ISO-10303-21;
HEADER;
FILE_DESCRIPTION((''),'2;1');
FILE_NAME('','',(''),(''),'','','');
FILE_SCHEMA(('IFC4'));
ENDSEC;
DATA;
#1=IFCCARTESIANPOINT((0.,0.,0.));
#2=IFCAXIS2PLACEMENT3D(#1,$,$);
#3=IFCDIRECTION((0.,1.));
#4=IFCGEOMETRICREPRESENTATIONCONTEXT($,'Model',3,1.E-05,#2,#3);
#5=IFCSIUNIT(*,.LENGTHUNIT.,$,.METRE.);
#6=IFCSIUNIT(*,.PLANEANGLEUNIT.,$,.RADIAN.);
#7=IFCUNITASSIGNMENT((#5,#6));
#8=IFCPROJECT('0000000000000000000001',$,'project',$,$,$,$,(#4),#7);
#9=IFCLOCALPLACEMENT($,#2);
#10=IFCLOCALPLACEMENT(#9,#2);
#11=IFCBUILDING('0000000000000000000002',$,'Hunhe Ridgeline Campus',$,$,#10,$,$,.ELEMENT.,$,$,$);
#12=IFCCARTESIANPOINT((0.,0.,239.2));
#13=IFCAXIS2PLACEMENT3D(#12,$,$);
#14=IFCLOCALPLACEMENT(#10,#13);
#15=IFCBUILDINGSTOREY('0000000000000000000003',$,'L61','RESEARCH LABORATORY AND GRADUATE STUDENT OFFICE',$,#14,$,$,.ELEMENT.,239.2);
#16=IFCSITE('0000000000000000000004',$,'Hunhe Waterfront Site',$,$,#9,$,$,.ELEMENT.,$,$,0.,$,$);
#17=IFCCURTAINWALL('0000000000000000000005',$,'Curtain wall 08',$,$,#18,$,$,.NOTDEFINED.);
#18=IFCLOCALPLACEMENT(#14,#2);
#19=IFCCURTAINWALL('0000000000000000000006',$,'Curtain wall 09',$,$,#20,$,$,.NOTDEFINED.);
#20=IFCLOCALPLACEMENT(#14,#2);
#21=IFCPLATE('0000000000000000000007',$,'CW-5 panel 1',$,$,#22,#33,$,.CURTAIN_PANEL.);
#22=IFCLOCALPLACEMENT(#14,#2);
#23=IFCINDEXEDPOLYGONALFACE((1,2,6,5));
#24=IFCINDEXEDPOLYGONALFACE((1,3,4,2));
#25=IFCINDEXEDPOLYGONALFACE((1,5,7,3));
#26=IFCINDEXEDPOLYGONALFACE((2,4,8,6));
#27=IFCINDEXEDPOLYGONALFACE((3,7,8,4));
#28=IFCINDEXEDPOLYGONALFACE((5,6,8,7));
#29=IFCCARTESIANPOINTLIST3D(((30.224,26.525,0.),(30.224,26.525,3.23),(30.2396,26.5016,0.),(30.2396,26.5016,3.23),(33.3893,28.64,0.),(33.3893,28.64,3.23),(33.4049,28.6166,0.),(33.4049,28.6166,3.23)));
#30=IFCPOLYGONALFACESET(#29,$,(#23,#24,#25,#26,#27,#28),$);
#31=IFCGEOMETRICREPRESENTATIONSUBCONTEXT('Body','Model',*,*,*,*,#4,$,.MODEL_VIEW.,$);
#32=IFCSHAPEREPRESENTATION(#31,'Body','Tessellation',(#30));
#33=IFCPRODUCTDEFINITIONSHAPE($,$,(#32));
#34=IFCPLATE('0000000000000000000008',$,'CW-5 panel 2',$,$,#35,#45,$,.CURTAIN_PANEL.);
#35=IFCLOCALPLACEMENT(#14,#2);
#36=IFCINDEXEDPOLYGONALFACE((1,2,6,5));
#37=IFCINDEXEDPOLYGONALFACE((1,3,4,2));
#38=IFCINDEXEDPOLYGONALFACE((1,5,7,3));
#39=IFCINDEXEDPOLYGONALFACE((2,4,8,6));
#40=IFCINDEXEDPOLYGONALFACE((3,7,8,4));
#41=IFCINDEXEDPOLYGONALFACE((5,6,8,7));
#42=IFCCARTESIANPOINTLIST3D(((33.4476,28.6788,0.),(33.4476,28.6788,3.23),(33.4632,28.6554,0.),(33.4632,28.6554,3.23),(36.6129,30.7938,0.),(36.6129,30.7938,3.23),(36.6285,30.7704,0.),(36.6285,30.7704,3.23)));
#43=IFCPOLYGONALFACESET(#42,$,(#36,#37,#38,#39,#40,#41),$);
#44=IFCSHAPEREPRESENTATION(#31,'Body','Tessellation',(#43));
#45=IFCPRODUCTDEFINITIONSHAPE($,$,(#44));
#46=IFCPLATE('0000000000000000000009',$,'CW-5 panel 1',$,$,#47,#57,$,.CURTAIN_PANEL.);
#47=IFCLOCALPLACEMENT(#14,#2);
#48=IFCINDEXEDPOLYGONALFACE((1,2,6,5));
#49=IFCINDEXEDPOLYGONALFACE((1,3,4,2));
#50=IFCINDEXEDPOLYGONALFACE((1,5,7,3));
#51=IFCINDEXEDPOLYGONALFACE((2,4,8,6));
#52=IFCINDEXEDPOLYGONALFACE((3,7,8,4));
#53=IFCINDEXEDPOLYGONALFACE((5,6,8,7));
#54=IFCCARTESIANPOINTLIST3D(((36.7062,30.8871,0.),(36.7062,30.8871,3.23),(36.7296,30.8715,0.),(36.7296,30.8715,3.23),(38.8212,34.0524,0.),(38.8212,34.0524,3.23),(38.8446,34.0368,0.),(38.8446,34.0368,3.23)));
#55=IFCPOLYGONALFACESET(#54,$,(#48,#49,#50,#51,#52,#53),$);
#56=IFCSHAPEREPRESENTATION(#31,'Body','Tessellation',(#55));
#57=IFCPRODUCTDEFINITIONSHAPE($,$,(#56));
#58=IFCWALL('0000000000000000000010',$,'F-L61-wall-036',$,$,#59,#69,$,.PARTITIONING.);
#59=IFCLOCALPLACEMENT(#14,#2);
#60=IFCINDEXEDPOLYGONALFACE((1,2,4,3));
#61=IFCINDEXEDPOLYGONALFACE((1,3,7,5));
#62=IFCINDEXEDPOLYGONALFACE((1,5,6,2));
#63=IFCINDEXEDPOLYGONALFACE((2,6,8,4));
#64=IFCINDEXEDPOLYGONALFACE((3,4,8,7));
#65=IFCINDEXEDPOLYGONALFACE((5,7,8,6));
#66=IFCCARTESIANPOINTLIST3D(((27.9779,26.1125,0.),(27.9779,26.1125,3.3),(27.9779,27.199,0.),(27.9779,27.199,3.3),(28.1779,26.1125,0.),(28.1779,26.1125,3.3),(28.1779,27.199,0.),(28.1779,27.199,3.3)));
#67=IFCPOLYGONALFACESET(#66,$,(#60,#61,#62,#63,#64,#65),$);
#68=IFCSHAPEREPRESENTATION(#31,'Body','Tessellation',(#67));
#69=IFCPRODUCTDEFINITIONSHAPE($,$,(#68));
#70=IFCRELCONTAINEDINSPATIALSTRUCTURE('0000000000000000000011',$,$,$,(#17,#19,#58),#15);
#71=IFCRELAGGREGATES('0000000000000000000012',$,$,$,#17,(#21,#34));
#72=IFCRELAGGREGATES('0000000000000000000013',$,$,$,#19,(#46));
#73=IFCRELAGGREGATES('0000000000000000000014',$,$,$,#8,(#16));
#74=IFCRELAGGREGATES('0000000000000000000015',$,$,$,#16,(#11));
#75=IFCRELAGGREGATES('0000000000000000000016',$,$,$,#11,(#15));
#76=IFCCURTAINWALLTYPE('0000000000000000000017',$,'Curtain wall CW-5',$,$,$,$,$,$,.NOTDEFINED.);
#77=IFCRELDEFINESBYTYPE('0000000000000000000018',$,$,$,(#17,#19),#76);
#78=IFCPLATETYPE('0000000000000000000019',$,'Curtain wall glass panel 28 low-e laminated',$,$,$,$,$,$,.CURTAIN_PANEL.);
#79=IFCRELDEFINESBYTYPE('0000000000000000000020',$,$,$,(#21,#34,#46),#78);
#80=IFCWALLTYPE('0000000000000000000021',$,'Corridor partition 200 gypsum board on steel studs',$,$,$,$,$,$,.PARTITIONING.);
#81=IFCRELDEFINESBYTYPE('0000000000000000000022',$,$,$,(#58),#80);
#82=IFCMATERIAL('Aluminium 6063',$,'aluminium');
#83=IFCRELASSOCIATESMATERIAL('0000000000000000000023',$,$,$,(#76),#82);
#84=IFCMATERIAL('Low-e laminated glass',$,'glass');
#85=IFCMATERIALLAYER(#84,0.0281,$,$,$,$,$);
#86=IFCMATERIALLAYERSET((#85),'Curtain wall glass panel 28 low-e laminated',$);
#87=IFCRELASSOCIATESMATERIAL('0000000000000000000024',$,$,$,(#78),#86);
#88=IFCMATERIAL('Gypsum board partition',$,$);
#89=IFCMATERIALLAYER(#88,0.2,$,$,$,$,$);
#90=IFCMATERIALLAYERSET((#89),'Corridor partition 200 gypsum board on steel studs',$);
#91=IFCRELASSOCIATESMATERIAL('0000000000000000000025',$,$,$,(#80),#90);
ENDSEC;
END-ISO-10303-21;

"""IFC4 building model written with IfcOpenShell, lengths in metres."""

from ifc_helpers import new_model, si_unit, direction, frame, frame_2d, origin, origin_2d, place, context, subcontext, project, spatial, rectangle, extrude, material, layer, layer_set, type_object, element, aggregate, save


model = new_model("IFC4")

# Units and contexts
model_context = context("Model", 3, precision=1e-05, world=origin(), true_north=direction((0.0, 1.0)))
body_context = subcontext(model_context, "Body", "Model", "MODEL_VIEW")
ifc_project = project(units=[si_unit("LENGTHUNIT", "METRE"), si_unit("PLANEANGLEUNIT", "RADIAN")], contexts=[model_context])

# Site, building, storey
site_placement = place(None, origin())
site = spatial("IfcSite", under=ifc_project, at=site_placement, Name="Hunhe Waterfront Site", CompositionType="ELEMENT", RefElevation=0.0)
building_placement = place(site_placement, origin())
building = spatial("IfcBuilding", under=site, at=building_placement, Name="Hunhe Ridgeline Campus", CompositionType="ELEMENT")
storey_placement = place(building_placement, frame((0.0, 0.0, 239.2)))
storey = spatial("IfcBuildingStorey", under=building, at=storey_placement, Name="L61", Description="RESEARCH LABORATORY AND GRADUATE STUDENT OFFICE", CompositionType="ELEMENT", Elevation=239.2)

# Curtain wall
ifc_material_1 = material(Name="Aluminium 6063", Category="aluminium")
curtain_wall_type = type_object("IfcCurtainWallType", Name="Curtain wall CW-5", PredefinedType="NOTDEFINED", material=ifc_material_1)
curtain_wall_1_placement = place(storey_placement, origin())
curtain_wall_1 = element("IfcCurtainWall", 1, at=curtain_wall_1_placement, inside=storey, type_object=curtain_wall_type, Name="Curtain wall 08", PredefinedType="NOTDEFINED")

# Curtain wall
curtain_wall_2_placement = place(storey_placement, origin())
curtain_wall_2 = element("IfcCurtainWall", 2, at=curtain_wall_2_placement, inside=storey, type_object=curtain_wall_type, Name="Curtain wall 09", PredefinedType="NOTDEFINED")

# Plates
ifc_material_2 = material(Name="Low-e laminated glass", Category="glass")
ifc_layer_1 = layer(ifc_material_2, 0.0281)
ifc_layer_set_1 = layer_set([ifc_layer_1], Name="Curtain wall glass panel 28 low-e laminated")
plate_type = type_object("IfcPlateType", Name="Curtain wall glass panel 28 low-e laminated", PredefinedType="CURTAIN_PANEL", material=ifc_layer_set_1)
plate_1_placement = place(storey_placement, frame((31.8145, 27.5708, 0.0), z_axis=(0.0, 0.0, 1.0), x_axis=(0.83147, 0.55557, 0.0)))
plate_1 = element("IfcPlate", 3, at=plate_1_placement, type_object=plate_type, Name="CW-5 panel 1", PredefinedType="CURTAIN_PANEL", context=body_context, shape_type="SweptSolid", body=[
    extrude(rectangle(XDim=3.8069, YDim=0.0281, at=origin_2d()), origin(), (0.0, 0.0, 1.0), 3.23),
])
plate_2_placement = place(storey_placement, frame((35.0381, 29.7246, 0.0), z_axis=(0.0, 0.0, 1.0), x_axis=(0.83147, 0.55557, 0.0)))
plate_2 = element("IfcPlate", 4, at=plate_2_placement, type_object=plate_type, Name="CW-5 panel 2", PredefinedType="CURTAIN_PANEL", context=body_context, shape_type="SweptSolid", body=[
    extrude(rectangle(XDim=3.8069, YDim=0.0281, at=origin_2d()), origin(), (0.0, 0.0, 1.0), 3.23),
])
aggregate(curtain_wall_1, [plate_1, plate_2])
plate_3_placement = place(storey_placement, frame((37.7754, 32.4619, 0.0), z_axis=(0.0, 0.0, 1.0), x_axis=(0.55557, 0.83147, 0.0)))
plate_3 = element("IfcPlate", 5, at=plate_3_placement, type_object=plate_type, Name="CW-5 panel 1", PredefinedType="CURTAIN_PANEL", context=body_context, shape_type="SweptSolid", body=[
    extrude(rectangle(XDim=3.8069, YDim=0.0281, at=origin_2d()), origin(), (0.0, 0.0, 1.0), 3.23),
])
aggregate(curtain_wall_2, [plate_3])

# Wall
ifc_material_3 = material(Name="Gypsum board partition")
ifc_layer_2 = layer(ifc_material_3, 0.2)
ifc_layer_set_2 = layer_set([ifc_layer_2], Name="Corridor partition 200 gypsum board on steel studs")
wall_type = type_object("IfcWallType", Name="Corridor partition 200 gypsum board on steel studs", PredefinedType="PARTITIONING", material=ifc_layer_set_2)
wall_1_placement = place(storey_placement, frame((28.0779, 27.199, 0.0), z_axis=(0.0, 0.0, 1.0), x_axis=(0.0, -1.0, 0.0)))
element("IfcWall", 6, at=wall_1_placement, inside=storey, type_object=wall_type, Name="F-L61-wall-036", PredefinedType="PARTITIONING", context=body_context, shape_type="SweptSolid", body=[
    extrude(rectangle(XDim=1.0864, YDim=0.2, at=frame_2d((0.5432, 0.0))), origin(), (0.0, 0.0, 1.0), 3.3),
])

save(model, "model.ifc")
